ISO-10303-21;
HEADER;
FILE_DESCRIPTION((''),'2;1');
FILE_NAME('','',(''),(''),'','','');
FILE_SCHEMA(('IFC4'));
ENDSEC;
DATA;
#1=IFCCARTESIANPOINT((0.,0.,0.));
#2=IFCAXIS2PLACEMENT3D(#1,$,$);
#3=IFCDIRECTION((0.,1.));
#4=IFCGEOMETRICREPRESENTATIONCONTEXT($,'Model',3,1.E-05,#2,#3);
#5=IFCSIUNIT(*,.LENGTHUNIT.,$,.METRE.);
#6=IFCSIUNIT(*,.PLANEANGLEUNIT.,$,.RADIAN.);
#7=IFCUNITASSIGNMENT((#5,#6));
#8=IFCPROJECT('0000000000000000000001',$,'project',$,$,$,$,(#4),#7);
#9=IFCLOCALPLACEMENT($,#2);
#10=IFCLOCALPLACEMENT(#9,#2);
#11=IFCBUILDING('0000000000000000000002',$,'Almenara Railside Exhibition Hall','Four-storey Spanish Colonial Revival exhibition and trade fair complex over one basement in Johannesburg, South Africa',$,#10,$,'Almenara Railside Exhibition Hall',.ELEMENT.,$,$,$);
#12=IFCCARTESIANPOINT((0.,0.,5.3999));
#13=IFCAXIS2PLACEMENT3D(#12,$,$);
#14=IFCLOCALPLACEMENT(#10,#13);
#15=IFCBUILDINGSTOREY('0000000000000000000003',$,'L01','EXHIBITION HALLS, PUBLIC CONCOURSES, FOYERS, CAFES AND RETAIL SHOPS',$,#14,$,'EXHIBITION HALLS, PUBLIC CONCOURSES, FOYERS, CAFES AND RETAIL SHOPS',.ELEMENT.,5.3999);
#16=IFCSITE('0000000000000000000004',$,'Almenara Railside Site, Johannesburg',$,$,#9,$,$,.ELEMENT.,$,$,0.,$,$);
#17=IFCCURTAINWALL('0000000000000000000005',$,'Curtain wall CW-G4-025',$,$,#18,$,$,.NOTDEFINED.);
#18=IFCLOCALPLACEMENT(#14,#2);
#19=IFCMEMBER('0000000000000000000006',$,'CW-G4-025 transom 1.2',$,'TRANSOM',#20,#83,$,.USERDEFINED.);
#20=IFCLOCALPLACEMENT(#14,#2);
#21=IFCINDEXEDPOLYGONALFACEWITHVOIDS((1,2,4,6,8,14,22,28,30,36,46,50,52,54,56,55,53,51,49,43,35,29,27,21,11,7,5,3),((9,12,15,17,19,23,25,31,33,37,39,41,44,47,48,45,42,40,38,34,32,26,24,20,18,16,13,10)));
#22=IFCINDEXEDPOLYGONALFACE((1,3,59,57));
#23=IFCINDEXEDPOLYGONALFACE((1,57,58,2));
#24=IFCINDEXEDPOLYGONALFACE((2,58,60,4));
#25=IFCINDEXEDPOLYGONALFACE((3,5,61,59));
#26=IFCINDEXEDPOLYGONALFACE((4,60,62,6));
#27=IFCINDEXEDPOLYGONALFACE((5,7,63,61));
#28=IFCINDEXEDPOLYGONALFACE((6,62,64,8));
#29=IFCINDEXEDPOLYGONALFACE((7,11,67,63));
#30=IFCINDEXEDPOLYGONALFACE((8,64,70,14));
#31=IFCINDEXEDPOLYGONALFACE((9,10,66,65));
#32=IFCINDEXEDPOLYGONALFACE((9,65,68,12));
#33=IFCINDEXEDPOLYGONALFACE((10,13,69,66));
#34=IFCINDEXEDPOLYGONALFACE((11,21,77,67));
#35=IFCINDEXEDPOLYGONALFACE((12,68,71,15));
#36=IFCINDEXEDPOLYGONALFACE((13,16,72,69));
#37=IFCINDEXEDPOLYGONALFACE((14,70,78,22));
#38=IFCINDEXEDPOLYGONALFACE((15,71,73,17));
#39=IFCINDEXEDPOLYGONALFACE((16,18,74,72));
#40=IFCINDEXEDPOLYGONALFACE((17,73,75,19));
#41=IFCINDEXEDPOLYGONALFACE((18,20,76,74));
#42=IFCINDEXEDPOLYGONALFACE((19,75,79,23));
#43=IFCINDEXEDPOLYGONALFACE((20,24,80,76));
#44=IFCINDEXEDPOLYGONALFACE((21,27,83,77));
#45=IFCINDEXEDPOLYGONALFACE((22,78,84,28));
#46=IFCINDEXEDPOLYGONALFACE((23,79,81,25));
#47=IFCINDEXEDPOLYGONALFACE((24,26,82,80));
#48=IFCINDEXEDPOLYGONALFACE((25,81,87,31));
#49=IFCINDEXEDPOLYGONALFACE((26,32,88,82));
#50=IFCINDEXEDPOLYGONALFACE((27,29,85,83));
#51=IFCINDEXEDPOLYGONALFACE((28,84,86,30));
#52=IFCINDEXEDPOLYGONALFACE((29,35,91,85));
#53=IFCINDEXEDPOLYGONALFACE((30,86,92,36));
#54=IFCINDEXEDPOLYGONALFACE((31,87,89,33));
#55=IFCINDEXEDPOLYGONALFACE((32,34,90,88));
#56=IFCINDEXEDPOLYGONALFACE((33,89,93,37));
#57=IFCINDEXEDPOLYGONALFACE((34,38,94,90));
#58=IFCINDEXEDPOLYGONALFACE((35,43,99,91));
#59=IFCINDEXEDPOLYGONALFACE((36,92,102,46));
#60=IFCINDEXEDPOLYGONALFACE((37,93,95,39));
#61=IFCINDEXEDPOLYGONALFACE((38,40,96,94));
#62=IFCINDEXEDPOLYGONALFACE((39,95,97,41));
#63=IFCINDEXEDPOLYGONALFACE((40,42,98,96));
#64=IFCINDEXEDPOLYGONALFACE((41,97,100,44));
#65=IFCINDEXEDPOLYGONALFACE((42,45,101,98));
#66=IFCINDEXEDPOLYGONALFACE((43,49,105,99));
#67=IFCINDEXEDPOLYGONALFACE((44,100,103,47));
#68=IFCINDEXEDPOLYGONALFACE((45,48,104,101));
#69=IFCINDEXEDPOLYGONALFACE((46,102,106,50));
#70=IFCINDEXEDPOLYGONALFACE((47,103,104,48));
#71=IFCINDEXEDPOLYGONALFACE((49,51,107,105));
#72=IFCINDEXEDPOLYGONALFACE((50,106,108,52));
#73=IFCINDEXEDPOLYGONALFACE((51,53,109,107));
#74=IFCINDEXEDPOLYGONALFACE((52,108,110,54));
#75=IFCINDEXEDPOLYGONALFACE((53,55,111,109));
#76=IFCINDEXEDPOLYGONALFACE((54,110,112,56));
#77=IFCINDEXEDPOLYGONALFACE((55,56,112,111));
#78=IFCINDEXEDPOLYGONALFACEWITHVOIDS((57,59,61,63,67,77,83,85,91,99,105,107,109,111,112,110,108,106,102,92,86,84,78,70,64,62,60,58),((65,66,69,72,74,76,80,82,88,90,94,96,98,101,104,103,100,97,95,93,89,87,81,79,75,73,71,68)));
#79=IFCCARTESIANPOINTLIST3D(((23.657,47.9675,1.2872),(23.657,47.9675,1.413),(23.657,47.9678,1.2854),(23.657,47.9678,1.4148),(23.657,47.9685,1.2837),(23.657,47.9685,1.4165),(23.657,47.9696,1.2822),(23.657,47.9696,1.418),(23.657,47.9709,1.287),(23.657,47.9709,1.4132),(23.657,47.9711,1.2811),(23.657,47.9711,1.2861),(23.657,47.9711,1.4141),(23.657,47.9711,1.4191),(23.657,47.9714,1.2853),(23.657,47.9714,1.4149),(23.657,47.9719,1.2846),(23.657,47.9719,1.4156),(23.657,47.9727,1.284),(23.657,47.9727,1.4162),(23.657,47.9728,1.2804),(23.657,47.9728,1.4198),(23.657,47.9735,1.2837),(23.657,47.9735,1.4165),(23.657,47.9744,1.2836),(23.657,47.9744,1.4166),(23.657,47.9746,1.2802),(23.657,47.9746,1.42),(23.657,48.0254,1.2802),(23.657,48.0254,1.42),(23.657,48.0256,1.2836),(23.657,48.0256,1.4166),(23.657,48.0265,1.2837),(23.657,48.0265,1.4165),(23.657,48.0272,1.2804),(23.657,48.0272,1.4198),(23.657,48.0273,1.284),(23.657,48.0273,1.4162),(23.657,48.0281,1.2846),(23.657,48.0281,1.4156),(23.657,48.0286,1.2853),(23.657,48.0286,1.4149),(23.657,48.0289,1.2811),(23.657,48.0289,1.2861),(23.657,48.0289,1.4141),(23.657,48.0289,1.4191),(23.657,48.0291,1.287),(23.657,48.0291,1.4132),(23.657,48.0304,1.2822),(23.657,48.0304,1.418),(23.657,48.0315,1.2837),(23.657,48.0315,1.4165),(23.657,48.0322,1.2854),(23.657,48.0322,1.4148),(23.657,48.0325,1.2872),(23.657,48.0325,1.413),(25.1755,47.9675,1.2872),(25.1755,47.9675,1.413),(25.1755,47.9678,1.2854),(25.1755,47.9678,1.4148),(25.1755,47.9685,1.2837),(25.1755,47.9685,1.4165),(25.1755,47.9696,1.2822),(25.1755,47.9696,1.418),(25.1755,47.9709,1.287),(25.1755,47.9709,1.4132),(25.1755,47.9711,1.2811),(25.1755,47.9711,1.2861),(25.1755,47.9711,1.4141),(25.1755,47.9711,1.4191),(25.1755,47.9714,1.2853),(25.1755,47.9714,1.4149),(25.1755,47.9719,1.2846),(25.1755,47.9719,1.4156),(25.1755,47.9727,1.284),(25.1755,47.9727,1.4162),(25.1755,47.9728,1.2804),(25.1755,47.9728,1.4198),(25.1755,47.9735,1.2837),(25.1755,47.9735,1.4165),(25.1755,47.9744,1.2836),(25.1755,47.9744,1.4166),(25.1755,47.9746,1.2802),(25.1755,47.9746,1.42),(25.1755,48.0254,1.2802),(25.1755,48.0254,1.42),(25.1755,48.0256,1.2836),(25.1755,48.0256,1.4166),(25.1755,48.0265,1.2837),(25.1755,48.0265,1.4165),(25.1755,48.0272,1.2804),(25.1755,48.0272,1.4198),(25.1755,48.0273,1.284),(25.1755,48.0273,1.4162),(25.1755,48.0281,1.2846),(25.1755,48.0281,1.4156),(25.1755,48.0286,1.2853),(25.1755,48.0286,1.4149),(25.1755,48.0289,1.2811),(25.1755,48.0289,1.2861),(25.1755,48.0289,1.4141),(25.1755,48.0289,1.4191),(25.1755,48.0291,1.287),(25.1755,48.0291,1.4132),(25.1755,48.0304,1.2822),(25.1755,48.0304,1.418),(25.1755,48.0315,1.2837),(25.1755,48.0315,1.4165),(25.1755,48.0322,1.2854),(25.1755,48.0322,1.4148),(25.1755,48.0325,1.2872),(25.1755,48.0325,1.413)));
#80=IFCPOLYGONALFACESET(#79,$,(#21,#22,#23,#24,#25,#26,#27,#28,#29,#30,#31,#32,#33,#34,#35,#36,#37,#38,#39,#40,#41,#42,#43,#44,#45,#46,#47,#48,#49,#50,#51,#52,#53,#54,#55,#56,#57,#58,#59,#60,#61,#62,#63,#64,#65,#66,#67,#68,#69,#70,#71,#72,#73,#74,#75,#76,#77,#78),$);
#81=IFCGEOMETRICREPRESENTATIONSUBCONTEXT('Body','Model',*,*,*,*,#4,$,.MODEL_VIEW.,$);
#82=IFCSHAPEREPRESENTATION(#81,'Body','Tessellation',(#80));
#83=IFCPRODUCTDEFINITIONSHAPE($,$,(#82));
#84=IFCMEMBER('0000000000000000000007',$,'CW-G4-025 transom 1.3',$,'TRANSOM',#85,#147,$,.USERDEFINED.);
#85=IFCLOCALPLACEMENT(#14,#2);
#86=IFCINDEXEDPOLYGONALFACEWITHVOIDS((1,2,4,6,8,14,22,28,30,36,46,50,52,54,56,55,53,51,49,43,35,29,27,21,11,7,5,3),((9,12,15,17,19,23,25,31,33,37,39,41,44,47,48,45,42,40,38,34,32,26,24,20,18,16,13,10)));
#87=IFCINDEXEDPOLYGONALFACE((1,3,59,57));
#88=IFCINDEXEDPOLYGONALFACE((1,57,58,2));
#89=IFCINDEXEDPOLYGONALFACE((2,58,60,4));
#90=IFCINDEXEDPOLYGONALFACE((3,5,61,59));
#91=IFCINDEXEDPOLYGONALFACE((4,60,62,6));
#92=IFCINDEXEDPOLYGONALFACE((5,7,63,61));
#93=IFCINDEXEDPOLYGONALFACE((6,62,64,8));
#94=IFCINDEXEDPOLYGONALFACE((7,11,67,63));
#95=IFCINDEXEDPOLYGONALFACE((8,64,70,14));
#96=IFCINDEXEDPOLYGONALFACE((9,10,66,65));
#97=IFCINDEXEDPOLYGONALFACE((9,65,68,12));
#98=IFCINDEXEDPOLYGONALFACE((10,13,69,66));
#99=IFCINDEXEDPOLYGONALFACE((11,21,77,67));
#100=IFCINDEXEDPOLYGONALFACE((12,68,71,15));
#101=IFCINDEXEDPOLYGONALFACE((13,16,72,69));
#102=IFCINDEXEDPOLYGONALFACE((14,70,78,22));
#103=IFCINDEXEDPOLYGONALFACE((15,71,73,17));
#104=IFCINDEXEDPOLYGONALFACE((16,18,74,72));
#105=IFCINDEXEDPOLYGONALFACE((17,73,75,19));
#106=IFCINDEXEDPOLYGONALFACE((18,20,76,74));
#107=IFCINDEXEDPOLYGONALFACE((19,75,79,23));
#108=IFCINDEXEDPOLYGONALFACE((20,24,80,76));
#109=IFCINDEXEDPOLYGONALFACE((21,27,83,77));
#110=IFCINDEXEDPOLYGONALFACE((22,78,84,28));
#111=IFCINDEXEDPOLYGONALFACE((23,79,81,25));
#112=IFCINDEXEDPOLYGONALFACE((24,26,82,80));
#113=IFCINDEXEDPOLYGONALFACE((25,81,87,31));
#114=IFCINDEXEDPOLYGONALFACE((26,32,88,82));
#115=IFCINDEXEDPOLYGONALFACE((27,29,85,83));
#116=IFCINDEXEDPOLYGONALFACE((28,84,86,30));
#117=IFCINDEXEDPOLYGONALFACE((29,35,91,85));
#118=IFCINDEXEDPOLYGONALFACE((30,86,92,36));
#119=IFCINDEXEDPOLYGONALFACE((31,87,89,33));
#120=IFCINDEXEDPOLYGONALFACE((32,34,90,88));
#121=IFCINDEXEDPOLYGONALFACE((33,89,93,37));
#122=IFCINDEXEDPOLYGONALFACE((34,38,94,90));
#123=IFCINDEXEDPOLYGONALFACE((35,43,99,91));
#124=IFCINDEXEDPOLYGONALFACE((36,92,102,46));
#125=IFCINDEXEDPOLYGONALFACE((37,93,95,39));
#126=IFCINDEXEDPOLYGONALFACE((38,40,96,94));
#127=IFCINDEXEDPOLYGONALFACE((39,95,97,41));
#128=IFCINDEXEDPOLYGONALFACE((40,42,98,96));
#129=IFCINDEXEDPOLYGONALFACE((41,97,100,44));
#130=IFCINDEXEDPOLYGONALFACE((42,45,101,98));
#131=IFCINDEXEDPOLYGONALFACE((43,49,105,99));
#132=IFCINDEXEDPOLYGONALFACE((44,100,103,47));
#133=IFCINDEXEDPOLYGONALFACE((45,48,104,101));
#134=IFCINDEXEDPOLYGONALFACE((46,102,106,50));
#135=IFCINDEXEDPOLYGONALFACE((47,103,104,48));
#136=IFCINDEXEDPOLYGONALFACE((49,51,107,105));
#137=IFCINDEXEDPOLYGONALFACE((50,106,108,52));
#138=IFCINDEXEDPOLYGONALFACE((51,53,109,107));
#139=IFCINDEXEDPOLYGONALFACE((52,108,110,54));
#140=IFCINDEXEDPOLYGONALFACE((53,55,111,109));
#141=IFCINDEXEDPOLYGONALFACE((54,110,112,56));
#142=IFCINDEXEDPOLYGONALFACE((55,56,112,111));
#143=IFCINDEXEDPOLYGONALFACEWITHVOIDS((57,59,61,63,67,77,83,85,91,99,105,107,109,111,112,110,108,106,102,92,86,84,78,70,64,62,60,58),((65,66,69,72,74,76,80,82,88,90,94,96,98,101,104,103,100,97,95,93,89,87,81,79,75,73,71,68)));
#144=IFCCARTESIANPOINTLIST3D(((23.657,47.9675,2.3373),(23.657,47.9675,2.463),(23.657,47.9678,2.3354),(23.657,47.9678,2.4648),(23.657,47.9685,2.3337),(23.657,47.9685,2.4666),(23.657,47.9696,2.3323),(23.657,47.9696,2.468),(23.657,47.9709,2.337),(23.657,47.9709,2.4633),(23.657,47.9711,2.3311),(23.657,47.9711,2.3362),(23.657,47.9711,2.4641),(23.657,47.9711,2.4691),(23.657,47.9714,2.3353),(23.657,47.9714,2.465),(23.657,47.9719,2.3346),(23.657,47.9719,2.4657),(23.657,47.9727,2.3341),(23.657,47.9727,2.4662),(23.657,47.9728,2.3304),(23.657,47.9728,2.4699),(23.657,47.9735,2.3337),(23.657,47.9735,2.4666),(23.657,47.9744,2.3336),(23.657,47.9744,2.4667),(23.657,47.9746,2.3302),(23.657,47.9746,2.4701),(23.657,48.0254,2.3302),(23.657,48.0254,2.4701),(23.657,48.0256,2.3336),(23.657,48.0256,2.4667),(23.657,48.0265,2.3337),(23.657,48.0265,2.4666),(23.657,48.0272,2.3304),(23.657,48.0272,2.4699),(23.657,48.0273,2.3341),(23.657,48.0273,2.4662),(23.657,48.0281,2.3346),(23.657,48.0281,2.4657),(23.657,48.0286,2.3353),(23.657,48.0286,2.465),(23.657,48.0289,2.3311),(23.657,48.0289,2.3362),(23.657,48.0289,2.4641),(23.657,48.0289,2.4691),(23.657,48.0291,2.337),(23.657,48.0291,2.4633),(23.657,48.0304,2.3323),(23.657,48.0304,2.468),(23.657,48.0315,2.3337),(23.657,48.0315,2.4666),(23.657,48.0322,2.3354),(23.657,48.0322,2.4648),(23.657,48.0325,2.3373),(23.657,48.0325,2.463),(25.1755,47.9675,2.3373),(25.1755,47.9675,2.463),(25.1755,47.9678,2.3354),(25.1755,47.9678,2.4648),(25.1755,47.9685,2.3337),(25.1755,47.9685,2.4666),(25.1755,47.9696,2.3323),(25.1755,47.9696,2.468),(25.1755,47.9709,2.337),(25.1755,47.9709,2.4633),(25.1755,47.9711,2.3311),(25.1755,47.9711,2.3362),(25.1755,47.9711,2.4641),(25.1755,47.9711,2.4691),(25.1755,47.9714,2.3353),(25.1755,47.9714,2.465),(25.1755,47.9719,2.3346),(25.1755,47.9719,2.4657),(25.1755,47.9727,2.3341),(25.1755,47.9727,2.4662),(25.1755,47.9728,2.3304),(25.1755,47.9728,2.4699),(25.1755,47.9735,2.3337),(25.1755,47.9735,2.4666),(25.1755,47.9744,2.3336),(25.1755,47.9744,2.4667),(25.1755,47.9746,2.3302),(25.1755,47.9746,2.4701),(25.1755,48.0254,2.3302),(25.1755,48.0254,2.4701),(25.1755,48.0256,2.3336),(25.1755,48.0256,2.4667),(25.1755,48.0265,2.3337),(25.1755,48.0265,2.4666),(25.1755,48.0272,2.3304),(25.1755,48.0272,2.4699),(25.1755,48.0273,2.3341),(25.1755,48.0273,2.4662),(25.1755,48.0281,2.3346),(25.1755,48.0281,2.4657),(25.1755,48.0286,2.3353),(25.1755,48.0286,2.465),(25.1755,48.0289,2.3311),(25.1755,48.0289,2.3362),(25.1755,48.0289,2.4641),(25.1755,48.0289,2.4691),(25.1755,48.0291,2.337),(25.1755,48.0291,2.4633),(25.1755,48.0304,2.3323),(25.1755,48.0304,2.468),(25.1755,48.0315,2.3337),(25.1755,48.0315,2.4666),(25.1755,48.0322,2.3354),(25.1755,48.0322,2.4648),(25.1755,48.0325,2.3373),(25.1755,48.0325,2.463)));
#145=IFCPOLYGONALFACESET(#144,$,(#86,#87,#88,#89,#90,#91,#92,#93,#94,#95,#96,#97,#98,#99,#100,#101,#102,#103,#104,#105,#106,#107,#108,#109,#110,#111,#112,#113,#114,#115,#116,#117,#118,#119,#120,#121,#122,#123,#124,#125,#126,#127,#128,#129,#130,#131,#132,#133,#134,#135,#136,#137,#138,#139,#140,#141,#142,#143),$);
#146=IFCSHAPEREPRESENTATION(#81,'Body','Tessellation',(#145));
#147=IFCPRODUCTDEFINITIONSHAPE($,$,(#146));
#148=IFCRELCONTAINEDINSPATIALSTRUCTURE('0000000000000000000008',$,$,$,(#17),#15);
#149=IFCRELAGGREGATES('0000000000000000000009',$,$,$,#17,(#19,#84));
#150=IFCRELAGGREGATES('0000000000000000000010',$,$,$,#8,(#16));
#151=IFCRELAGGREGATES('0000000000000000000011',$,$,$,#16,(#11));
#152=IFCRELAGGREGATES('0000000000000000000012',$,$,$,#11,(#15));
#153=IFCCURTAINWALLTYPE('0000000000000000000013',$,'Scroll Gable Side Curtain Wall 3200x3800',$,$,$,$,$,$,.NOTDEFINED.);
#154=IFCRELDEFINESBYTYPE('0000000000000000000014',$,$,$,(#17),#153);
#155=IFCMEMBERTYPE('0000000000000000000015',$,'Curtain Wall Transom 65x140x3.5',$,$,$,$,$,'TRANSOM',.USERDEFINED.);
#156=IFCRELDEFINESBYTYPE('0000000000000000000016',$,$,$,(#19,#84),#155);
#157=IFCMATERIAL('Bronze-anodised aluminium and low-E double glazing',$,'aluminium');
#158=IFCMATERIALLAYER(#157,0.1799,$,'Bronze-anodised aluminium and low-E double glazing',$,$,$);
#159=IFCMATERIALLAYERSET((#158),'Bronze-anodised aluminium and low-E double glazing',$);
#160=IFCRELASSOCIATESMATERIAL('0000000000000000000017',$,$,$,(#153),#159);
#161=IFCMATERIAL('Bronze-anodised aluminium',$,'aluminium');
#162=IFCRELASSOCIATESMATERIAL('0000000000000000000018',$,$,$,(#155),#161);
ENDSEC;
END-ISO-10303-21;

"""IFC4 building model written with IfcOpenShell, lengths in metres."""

from ifc_helpers import new_model, si_unit, direction, frame, origin, origin_2d, place, context, subcontext, project, spatial, hollow_rectangle, extrude, material, layer, layer_set, material_profile, profile_set, type_object, element, aggregate, save


model = new_model("IFC4")

# Units and contexts
model_context = context("Model", 3, precision=1e-05, world=origin(), true_north=direction((0.0, 1.0)))
body_context = subcontext(model_context, "Body", "Model", "MODEL_VIEW")
ifc_project = project(units=[si_unit("LENGTHUNIT", "METRE"), si_unit("PLANEANGLEUNIT", "RADIAN")], contexts=[model_context])

# Site, building, storey
site_placement = place(None, origin())
site = spatial("IfcSite", under=ifc_project, at=site_placement, Name="Almenara Railside Site, Johannesburg", CompositionType="ELEMENT", RefElevation=0.0)
building_placement = place(site_placement, origin())
building = spatial("IfcBuilding", under=site, at=building_placement, Name="Almenara Railside Exhibition Hall", Description="Four-storey Spanish Colonial Revival exhibition and trade fair complex over one basement in Johannesburg, South Africa", LongName="Almenara Railside Exhibition Hall", CompositionType="ELEMENT")
storey_placement = place(building_placement, frame((0.0, 0.0, 5.3999)))
storey = spatial("IfcBuildingStorey", under=building, at=storey_placement, Name="L01", Description="EXHIBITION HALLS, PUBLIC CONCOURSES, FOYERS, CAFES AND RETAIL SHOPS", LongName="EXHIBITION HALLS, PUBLIC CONCOURSES, FOYERS, CAFES AND RETAIL SHOPS", CompositionType="ELEMENT", Elevation=5.3999)

# Shared definitions
ifc_material_1 = material(Name="Bronze-anodised aluminium and low-E double glazing", Category="aluminium")
ifc_material_2 = material(Name="Bronze-anodised aluminium", Category="aluminium")

# Curtain wall
ifc_layer_1 = layer(ifc_material_1, 0.1799, Name="Bronze-anodised aluminium and low-E double glazing")
ifc_layer_set_1 = layer_set([ifc_layer_1], Name="Bronze-anodised aluminium and low-E double glazing")
curtain_wall_type_1 = type_object("IfcCurtainWallType", Name="Scroll Gable Side Curtain Wall 3200x3800", PredefinedType="NOTDEFINED", material=ifc_layer_set_1)
curtain_wall_1_placement = place(storey_placement, origin())
curtain_wall_1 = element("IfcCurtainWall", 1, at=curtain_wall_1_placement, inside=storey, type_object=curtain_wall_type_1, Name="Curtain wall CW-G4-025", PredefinedType="NOTDEFINED")

# Members
ifc_material_profile_1 = material_profile(ifc_material_2, hollow_rectangle(XDim=0.0649, YDim=0.1399, WallThickness=0.0034, InnerFilletRadius=0.0034, OuterFilletRadius=0.0071, at=origin_2d()), Name="ALU-TRN 65x140x3.5")
ifc_profile_set_1 = profile_set([ifc_material_profile_1], Name="Bronze-anodised aluminium")
member_type_1 = type_object("IfcMemberType", Name="Curtain Wall Transom 65x140x3.5", ElementType="TRANSOM", PredefinedType="USERDEFINED", material=ifc_profile_set_1)
member_1_placement = place(storey_placement, frame((23.657, 48.0, 1.3501), z_axis=(1.0, 0.0, 0.0), x_axis=(0.0, 1.0, 0.0)))
member_1 = element("IfcMember", 2, at=member_1_placement, type_object=member_type_1, Name="CW-G4-025 transom 1.2", ObjectType="TRANSOM", PredefinedType="USERDEFINED", context=body_context, shape_type="SweptSolid", body=[
    extrude(hollow_rectangle(XDim=0.0649, YDim=0.1399, WallThickness=0.0034, InnerFilletRadius=0.0034, OuterFilletRadius=0.0071, at=origin_2d()), origin(), (0.0, 0.0, 1.0), 1.5186),
])
member_2_placement = place(storey_placement, frame((23.657, 48.0, 2.4001), z_axis=(1.0, 0.0, 0.0), x_axis=(0.0, 1.0, 0.0)))
member_2 = element("IfcMember", 3, at=member_2_placement, type_object=member_type_1, Name="CW-G4-025 transom 1.3", ObjectType="TRANSOM", PredefinedType="USERDEFINED", context=body_context, shape_type="SweptSolid", body=[
    extrude(hollow_rectangle(XDim=0.0649, YDim=0.1399, WallThickness=0.0034, InnerFilletRadius=0.0034, OuterFilletRadius=0.0071, at=origin_2d()), origin(), (0.0, 0.0, 1.0), 1.5186),
])

aggregate(curtain_wall_1, [member_1, member_2])

save(model, "model.ifc")
